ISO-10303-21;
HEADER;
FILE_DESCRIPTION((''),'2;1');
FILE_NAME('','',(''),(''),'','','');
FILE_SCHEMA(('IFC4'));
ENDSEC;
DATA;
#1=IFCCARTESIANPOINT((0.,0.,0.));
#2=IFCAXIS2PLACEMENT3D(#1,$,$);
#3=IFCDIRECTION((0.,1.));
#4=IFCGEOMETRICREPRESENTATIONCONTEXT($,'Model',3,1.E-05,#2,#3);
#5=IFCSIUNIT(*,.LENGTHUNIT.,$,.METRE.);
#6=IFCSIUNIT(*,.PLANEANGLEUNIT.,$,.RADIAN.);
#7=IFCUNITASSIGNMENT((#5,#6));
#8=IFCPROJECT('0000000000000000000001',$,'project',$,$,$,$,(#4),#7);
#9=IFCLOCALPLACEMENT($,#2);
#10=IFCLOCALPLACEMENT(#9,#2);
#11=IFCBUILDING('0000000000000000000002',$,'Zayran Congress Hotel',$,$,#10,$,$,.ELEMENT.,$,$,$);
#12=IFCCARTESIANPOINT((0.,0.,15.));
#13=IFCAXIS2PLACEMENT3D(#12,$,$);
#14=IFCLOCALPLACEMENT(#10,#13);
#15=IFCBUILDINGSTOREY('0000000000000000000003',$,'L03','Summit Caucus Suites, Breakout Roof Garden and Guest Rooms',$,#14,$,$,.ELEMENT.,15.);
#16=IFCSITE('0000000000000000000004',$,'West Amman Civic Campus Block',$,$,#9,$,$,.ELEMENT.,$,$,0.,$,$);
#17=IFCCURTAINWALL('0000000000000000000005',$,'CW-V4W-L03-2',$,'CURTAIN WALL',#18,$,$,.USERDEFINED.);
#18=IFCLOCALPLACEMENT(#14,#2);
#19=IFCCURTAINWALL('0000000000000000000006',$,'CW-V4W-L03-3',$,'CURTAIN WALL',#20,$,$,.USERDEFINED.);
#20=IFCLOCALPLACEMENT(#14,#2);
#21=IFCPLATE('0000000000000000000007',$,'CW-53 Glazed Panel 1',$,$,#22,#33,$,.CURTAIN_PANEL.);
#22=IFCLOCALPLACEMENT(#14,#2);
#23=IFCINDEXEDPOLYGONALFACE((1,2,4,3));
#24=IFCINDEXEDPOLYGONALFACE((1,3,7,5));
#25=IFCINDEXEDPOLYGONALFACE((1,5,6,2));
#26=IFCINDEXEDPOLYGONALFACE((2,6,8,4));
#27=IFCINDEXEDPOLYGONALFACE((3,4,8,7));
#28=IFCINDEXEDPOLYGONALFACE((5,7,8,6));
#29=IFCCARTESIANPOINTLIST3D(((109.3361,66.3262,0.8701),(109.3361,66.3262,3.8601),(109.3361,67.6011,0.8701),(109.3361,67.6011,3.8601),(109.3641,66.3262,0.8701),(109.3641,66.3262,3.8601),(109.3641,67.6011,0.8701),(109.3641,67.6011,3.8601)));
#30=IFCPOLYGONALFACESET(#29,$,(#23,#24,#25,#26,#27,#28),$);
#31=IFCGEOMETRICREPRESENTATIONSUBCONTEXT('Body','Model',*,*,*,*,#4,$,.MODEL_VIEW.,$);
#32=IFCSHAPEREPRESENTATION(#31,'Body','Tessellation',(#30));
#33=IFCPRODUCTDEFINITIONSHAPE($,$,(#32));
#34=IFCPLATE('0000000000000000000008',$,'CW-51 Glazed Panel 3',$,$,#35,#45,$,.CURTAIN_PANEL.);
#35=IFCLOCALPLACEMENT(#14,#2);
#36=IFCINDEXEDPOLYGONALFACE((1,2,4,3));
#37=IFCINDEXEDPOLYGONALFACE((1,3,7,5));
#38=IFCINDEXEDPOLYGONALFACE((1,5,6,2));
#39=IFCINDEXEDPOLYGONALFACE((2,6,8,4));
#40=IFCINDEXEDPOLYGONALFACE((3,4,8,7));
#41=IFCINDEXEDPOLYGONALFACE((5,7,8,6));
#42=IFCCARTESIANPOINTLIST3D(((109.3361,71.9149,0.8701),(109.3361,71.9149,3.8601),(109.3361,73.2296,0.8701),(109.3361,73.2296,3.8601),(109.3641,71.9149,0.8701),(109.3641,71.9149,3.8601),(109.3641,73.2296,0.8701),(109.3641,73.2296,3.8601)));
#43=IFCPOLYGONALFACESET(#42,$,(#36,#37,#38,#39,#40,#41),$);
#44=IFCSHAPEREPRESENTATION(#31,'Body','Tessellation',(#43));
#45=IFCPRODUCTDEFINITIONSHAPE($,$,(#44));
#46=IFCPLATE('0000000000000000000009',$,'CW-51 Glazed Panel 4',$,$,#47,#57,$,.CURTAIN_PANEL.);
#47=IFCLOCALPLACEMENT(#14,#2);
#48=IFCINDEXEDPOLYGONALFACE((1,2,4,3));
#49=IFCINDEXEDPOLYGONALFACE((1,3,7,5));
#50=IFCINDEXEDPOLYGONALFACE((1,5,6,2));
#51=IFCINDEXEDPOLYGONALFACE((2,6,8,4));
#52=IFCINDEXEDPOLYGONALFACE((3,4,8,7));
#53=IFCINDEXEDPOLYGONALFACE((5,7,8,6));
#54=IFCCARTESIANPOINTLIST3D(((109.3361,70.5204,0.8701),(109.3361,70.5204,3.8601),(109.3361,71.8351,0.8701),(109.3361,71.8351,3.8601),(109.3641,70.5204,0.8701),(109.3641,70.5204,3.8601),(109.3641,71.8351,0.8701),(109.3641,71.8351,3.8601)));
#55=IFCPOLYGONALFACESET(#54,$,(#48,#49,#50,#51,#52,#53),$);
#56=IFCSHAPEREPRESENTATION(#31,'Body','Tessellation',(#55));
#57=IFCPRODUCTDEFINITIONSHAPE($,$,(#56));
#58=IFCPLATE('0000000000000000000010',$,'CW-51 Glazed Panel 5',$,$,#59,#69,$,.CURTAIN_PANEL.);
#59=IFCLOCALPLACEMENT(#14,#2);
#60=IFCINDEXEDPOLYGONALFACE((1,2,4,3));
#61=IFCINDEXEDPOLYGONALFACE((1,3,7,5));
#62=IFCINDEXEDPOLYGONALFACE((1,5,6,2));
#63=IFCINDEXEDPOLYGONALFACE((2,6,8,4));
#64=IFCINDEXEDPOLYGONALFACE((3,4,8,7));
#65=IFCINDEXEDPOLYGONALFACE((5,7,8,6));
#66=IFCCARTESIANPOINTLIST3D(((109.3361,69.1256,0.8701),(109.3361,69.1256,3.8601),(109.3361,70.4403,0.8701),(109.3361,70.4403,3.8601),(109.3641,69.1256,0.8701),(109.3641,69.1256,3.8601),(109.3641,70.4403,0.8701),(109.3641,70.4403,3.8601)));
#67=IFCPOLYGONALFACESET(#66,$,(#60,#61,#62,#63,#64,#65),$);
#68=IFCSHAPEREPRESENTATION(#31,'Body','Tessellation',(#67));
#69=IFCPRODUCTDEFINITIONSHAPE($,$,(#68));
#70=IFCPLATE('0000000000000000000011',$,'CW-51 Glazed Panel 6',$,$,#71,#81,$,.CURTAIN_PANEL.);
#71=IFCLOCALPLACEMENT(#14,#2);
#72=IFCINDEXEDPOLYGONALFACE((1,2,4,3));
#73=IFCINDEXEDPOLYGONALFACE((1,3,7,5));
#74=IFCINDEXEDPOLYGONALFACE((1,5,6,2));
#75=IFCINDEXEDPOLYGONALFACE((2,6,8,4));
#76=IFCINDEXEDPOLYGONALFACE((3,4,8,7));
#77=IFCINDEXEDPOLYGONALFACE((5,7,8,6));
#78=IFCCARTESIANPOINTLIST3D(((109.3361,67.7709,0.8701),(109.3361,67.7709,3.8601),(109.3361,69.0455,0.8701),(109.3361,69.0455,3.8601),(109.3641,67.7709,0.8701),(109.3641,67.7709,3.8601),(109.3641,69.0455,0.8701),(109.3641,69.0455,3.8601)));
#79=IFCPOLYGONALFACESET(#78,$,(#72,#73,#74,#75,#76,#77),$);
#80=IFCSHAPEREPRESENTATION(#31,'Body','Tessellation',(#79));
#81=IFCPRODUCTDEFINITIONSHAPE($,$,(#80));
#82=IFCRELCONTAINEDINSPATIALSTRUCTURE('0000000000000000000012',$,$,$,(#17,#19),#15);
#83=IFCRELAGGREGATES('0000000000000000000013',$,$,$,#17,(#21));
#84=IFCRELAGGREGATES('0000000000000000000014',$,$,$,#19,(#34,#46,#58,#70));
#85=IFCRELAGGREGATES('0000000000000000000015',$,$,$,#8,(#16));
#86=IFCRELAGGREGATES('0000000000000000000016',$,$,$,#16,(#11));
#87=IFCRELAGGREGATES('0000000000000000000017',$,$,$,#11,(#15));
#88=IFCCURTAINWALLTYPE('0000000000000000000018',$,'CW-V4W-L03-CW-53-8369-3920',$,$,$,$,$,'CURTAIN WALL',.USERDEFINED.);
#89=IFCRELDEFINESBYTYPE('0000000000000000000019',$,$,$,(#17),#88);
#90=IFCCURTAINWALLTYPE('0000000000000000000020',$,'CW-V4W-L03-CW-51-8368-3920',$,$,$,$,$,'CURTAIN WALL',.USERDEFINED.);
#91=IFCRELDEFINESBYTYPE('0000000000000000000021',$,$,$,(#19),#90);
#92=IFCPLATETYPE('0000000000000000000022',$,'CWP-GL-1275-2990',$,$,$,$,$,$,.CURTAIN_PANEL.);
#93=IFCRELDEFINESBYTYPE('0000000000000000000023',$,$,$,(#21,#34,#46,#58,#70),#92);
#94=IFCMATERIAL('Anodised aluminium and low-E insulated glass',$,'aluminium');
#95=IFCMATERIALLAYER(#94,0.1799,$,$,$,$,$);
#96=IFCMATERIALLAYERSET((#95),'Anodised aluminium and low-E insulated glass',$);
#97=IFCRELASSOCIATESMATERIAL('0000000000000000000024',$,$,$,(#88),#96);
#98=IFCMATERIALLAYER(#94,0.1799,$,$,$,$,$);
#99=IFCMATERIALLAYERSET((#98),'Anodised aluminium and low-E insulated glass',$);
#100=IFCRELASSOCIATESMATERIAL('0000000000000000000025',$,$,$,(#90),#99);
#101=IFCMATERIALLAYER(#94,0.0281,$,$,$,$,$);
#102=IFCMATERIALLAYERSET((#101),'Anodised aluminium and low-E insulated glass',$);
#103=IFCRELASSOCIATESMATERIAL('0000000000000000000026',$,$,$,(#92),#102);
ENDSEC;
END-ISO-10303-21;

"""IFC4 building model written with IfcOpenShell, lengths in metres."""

from ifc_helpers import new_model, si_unit, direction, frame, origin, origin_2d, place, context, subcontext, project, spatial, rectangle, extrude, material, layer, layer_set, type_object, element, aggregate, save


model = new_model("IFC4")

# Units and contexts
model_context = context("Model", 3, precision=1e-05, world=origin(), true_north=direction((0.0, 1.0)))
body_context = subcontext(model_context, "Body", "Model", "MODEL_VIEW")
ifc_project = project(units=[si_unit("LENGTHUNIT", "METRE"), si_unit("PLANEANGLEUNIT", "RADIAN")], contexts=[model_context])

# Site, building, storey
site_placement = place(None, origin())
site = spatial("IfcSite", under=ifc_project, at=site_placement, Name="West Amman Civic Campus Block", CompositionType="ELEMENT", RefElevation=0.0)
building_placement = place(site_placement, origin())
building = spatial("IfcBuilding", under=site, at=building_placement, Name="Zayran Congress Hotel", CompositionType="ELEMENT")
storey_placement = place(building_placement, frame((0.0, 0.0, 15.0)))
storey = spatial("IfcBuildingStorey", under=building, at=storey_placement, Name="L03", Description="Summit Caucus Suites, Breakout Roof Garden and Guest Rooms", CompositionType="ELEMENT", Elevation=15.0)

# Curtain wall
ifc_material_1 = material(Name="Anodised aluminium and low-E insulated glass", Category="aluminium")
ifc_layer_1 = layer(ifc_material_1, 0.1799)
ifc_layer_set_1 = layer_set([ifc_layer_1], Name="Anodised aluminium and low-E insulated glass")
curtain_wall_type_1 = type_object("IfcCurtainWallType", Name="CW-V4W-L03-CW-53-8369-3920", ElementType="CURTAIN WALL", PredefinedType="USERDEFINED", material=ifc_layer_set_1)
curtain_wall_1_placement = place(storey_placement, origin())
curtain_wall_1 = element("IfcCurtainWall", 1, at=curtain_wall_1_placement, inside=storey, type_object=curtain_wall_type_1, Name="CW-V4W-L03-2", ObjectType="CURTAIN WALL", PredefinedType="USERDEFINED")

# Curtain wall
ifc_layer_2 = layer(ifc_material_1, 0.1799)
ifc_layer_set_2 = layer_set([ifc_layer_2], Name="Anodised aluminium and low-E insulated glass")
curtain_wall_type_2 = type_object("IfcCurtainWallType", Name="CW-V4W-L03-CW-51-8368-3920", ElementType="CURTAIN WALL", PredefinedType="USERDEFINED", material=ifc_layer_set_2)
curtain_wall_2_placement = place(storey_placement, origin())
curtain_wall_2 = element("IfcCurtainWall", 2, at=curtain_wall_2_placement, inside=storey, type_object=curtain_wall_type_2, Name="CW-V4W-L03-3", ObjectType="CURTAIN WALL", PredefinedType="USERDEFINED")

# Plates
ifc_layer_3 = layer(ifc_material_1, 0.0281)
ifc_layer_set_3 = layer_set([ifc_layer_3], Name="Anodised aluminium and low-E insulated glass")
plate_type_1 = type_object("IfcPlateType", Name="CWP-GL-1275-2990", PredefinedType="CURTAIN_PANEL", material=ifc_layer_set_3)
plate_1_placement = place(storey_placement, frame((109.3501, 66.9636, 0.8701), z_axis=(0.0, 0.0, 1.0), x_axis=(0.0, 1.0, 0.0)))
plate_1 = element("IfcPlate", 3, at=plate_1_placement, type_object=plate_type_1, Name="CW-53 Glazed Panel 1", PredefinedType="CURTAIN_PANEL", context=body_context, shape_type="SweptSolid", body=[
    extrude(rectangle(XDim=1.2749, YDim=0.0281, at=origin_2d()), origin(), (0.0, 0.0, 1.0), 2.99),
])
aggregate(curtain_wall_1, [plate_1])
plate_2_placement = place(storey_placement, frame((109.3501, 72.5723, 0.8701), z_axis=(0.0, 0.0, 1.0), x_axis=(0.0, 1.0, 0.0)))
plate_2 = element("IfcPlate", 4, at=plate_2_placement, type_object=plate_type_1, Name="CW-51 Glazed Panel 3", PredefinedType="CURTAIN_PANEL", context=body_context, shape_type="SweptSolid", body=[
    extrude(rectangle(XDim=1.3147, YDim=0.0281, at=origin_2d()), origin(), (0.0, 0.0, 1.0), 2.99),
])
plate_3_placement = place(storey_placement, frame((109.3501, 71.1777, 0.8701), z_axis=(0.0, 0.0, 1.0), x_axis=(0.0, 1.0, 0.0)))
plate_3 = element("IfcPlate", 5, at=plate_3_placement, type_object=plate_type_1, Name="CW-51 Glazed Panel 4", PredefinedType="CURTAIN_PANEL", context=body_context, shape_type="SweptSolid", body=[
    extrude(rectangle(XDim=1.3147, YDim=0.0281, at=origin_2d()), origin(), (0.0, 0.0, 1.0), 2.99),
])
plate_4_placement = place(storey_placement, frame((109.3501, 69.783, 0.8701), z_axis=(0.0, 0.0, 1.0), x_axis=(0.0, 1.0, 0.0)))
plate_4 = element("IfcPlate", 6, at=plate_4_placement, type_object=plate_type_1, Name="CW-51 Glazed Panel 5", PredefinedType="CURTAIN_PANEL", context=body_context, shape_type="SweptSolid", body=[
    extrude(rectangle(XDim=1.3147, YDim=0.0281, at=origin_2d()), origin(), (0.0, 0.0, 1.0), 2.99),
])
plate_5_placement = place(storey_placement, frame((109.3501, 68.4082, 0.8701), z_axis=(0.0, 0.0, 1.0), x_axis=(0.0, 1.0, 0.0)))
plate_5 = element("IfcPlate", 7, at=plate_5_placement, type_object=plate_type_1, Name="CW-51 Glazed Panel 6", PredefinedType="CURTAIN_PANEL", context=body_context, shape_type="SweptSolid", body=[
    extrude(rectangle(XDim=1.2747, YDim=0.0281, at=origin_2d()), origin(), (0.0, 0.0, 1.0), 2.99),
])
aggregate(curtain_wall_2, [plate_2, plate_3, plate_4, plate_5])

save(model, "model.ifc")
